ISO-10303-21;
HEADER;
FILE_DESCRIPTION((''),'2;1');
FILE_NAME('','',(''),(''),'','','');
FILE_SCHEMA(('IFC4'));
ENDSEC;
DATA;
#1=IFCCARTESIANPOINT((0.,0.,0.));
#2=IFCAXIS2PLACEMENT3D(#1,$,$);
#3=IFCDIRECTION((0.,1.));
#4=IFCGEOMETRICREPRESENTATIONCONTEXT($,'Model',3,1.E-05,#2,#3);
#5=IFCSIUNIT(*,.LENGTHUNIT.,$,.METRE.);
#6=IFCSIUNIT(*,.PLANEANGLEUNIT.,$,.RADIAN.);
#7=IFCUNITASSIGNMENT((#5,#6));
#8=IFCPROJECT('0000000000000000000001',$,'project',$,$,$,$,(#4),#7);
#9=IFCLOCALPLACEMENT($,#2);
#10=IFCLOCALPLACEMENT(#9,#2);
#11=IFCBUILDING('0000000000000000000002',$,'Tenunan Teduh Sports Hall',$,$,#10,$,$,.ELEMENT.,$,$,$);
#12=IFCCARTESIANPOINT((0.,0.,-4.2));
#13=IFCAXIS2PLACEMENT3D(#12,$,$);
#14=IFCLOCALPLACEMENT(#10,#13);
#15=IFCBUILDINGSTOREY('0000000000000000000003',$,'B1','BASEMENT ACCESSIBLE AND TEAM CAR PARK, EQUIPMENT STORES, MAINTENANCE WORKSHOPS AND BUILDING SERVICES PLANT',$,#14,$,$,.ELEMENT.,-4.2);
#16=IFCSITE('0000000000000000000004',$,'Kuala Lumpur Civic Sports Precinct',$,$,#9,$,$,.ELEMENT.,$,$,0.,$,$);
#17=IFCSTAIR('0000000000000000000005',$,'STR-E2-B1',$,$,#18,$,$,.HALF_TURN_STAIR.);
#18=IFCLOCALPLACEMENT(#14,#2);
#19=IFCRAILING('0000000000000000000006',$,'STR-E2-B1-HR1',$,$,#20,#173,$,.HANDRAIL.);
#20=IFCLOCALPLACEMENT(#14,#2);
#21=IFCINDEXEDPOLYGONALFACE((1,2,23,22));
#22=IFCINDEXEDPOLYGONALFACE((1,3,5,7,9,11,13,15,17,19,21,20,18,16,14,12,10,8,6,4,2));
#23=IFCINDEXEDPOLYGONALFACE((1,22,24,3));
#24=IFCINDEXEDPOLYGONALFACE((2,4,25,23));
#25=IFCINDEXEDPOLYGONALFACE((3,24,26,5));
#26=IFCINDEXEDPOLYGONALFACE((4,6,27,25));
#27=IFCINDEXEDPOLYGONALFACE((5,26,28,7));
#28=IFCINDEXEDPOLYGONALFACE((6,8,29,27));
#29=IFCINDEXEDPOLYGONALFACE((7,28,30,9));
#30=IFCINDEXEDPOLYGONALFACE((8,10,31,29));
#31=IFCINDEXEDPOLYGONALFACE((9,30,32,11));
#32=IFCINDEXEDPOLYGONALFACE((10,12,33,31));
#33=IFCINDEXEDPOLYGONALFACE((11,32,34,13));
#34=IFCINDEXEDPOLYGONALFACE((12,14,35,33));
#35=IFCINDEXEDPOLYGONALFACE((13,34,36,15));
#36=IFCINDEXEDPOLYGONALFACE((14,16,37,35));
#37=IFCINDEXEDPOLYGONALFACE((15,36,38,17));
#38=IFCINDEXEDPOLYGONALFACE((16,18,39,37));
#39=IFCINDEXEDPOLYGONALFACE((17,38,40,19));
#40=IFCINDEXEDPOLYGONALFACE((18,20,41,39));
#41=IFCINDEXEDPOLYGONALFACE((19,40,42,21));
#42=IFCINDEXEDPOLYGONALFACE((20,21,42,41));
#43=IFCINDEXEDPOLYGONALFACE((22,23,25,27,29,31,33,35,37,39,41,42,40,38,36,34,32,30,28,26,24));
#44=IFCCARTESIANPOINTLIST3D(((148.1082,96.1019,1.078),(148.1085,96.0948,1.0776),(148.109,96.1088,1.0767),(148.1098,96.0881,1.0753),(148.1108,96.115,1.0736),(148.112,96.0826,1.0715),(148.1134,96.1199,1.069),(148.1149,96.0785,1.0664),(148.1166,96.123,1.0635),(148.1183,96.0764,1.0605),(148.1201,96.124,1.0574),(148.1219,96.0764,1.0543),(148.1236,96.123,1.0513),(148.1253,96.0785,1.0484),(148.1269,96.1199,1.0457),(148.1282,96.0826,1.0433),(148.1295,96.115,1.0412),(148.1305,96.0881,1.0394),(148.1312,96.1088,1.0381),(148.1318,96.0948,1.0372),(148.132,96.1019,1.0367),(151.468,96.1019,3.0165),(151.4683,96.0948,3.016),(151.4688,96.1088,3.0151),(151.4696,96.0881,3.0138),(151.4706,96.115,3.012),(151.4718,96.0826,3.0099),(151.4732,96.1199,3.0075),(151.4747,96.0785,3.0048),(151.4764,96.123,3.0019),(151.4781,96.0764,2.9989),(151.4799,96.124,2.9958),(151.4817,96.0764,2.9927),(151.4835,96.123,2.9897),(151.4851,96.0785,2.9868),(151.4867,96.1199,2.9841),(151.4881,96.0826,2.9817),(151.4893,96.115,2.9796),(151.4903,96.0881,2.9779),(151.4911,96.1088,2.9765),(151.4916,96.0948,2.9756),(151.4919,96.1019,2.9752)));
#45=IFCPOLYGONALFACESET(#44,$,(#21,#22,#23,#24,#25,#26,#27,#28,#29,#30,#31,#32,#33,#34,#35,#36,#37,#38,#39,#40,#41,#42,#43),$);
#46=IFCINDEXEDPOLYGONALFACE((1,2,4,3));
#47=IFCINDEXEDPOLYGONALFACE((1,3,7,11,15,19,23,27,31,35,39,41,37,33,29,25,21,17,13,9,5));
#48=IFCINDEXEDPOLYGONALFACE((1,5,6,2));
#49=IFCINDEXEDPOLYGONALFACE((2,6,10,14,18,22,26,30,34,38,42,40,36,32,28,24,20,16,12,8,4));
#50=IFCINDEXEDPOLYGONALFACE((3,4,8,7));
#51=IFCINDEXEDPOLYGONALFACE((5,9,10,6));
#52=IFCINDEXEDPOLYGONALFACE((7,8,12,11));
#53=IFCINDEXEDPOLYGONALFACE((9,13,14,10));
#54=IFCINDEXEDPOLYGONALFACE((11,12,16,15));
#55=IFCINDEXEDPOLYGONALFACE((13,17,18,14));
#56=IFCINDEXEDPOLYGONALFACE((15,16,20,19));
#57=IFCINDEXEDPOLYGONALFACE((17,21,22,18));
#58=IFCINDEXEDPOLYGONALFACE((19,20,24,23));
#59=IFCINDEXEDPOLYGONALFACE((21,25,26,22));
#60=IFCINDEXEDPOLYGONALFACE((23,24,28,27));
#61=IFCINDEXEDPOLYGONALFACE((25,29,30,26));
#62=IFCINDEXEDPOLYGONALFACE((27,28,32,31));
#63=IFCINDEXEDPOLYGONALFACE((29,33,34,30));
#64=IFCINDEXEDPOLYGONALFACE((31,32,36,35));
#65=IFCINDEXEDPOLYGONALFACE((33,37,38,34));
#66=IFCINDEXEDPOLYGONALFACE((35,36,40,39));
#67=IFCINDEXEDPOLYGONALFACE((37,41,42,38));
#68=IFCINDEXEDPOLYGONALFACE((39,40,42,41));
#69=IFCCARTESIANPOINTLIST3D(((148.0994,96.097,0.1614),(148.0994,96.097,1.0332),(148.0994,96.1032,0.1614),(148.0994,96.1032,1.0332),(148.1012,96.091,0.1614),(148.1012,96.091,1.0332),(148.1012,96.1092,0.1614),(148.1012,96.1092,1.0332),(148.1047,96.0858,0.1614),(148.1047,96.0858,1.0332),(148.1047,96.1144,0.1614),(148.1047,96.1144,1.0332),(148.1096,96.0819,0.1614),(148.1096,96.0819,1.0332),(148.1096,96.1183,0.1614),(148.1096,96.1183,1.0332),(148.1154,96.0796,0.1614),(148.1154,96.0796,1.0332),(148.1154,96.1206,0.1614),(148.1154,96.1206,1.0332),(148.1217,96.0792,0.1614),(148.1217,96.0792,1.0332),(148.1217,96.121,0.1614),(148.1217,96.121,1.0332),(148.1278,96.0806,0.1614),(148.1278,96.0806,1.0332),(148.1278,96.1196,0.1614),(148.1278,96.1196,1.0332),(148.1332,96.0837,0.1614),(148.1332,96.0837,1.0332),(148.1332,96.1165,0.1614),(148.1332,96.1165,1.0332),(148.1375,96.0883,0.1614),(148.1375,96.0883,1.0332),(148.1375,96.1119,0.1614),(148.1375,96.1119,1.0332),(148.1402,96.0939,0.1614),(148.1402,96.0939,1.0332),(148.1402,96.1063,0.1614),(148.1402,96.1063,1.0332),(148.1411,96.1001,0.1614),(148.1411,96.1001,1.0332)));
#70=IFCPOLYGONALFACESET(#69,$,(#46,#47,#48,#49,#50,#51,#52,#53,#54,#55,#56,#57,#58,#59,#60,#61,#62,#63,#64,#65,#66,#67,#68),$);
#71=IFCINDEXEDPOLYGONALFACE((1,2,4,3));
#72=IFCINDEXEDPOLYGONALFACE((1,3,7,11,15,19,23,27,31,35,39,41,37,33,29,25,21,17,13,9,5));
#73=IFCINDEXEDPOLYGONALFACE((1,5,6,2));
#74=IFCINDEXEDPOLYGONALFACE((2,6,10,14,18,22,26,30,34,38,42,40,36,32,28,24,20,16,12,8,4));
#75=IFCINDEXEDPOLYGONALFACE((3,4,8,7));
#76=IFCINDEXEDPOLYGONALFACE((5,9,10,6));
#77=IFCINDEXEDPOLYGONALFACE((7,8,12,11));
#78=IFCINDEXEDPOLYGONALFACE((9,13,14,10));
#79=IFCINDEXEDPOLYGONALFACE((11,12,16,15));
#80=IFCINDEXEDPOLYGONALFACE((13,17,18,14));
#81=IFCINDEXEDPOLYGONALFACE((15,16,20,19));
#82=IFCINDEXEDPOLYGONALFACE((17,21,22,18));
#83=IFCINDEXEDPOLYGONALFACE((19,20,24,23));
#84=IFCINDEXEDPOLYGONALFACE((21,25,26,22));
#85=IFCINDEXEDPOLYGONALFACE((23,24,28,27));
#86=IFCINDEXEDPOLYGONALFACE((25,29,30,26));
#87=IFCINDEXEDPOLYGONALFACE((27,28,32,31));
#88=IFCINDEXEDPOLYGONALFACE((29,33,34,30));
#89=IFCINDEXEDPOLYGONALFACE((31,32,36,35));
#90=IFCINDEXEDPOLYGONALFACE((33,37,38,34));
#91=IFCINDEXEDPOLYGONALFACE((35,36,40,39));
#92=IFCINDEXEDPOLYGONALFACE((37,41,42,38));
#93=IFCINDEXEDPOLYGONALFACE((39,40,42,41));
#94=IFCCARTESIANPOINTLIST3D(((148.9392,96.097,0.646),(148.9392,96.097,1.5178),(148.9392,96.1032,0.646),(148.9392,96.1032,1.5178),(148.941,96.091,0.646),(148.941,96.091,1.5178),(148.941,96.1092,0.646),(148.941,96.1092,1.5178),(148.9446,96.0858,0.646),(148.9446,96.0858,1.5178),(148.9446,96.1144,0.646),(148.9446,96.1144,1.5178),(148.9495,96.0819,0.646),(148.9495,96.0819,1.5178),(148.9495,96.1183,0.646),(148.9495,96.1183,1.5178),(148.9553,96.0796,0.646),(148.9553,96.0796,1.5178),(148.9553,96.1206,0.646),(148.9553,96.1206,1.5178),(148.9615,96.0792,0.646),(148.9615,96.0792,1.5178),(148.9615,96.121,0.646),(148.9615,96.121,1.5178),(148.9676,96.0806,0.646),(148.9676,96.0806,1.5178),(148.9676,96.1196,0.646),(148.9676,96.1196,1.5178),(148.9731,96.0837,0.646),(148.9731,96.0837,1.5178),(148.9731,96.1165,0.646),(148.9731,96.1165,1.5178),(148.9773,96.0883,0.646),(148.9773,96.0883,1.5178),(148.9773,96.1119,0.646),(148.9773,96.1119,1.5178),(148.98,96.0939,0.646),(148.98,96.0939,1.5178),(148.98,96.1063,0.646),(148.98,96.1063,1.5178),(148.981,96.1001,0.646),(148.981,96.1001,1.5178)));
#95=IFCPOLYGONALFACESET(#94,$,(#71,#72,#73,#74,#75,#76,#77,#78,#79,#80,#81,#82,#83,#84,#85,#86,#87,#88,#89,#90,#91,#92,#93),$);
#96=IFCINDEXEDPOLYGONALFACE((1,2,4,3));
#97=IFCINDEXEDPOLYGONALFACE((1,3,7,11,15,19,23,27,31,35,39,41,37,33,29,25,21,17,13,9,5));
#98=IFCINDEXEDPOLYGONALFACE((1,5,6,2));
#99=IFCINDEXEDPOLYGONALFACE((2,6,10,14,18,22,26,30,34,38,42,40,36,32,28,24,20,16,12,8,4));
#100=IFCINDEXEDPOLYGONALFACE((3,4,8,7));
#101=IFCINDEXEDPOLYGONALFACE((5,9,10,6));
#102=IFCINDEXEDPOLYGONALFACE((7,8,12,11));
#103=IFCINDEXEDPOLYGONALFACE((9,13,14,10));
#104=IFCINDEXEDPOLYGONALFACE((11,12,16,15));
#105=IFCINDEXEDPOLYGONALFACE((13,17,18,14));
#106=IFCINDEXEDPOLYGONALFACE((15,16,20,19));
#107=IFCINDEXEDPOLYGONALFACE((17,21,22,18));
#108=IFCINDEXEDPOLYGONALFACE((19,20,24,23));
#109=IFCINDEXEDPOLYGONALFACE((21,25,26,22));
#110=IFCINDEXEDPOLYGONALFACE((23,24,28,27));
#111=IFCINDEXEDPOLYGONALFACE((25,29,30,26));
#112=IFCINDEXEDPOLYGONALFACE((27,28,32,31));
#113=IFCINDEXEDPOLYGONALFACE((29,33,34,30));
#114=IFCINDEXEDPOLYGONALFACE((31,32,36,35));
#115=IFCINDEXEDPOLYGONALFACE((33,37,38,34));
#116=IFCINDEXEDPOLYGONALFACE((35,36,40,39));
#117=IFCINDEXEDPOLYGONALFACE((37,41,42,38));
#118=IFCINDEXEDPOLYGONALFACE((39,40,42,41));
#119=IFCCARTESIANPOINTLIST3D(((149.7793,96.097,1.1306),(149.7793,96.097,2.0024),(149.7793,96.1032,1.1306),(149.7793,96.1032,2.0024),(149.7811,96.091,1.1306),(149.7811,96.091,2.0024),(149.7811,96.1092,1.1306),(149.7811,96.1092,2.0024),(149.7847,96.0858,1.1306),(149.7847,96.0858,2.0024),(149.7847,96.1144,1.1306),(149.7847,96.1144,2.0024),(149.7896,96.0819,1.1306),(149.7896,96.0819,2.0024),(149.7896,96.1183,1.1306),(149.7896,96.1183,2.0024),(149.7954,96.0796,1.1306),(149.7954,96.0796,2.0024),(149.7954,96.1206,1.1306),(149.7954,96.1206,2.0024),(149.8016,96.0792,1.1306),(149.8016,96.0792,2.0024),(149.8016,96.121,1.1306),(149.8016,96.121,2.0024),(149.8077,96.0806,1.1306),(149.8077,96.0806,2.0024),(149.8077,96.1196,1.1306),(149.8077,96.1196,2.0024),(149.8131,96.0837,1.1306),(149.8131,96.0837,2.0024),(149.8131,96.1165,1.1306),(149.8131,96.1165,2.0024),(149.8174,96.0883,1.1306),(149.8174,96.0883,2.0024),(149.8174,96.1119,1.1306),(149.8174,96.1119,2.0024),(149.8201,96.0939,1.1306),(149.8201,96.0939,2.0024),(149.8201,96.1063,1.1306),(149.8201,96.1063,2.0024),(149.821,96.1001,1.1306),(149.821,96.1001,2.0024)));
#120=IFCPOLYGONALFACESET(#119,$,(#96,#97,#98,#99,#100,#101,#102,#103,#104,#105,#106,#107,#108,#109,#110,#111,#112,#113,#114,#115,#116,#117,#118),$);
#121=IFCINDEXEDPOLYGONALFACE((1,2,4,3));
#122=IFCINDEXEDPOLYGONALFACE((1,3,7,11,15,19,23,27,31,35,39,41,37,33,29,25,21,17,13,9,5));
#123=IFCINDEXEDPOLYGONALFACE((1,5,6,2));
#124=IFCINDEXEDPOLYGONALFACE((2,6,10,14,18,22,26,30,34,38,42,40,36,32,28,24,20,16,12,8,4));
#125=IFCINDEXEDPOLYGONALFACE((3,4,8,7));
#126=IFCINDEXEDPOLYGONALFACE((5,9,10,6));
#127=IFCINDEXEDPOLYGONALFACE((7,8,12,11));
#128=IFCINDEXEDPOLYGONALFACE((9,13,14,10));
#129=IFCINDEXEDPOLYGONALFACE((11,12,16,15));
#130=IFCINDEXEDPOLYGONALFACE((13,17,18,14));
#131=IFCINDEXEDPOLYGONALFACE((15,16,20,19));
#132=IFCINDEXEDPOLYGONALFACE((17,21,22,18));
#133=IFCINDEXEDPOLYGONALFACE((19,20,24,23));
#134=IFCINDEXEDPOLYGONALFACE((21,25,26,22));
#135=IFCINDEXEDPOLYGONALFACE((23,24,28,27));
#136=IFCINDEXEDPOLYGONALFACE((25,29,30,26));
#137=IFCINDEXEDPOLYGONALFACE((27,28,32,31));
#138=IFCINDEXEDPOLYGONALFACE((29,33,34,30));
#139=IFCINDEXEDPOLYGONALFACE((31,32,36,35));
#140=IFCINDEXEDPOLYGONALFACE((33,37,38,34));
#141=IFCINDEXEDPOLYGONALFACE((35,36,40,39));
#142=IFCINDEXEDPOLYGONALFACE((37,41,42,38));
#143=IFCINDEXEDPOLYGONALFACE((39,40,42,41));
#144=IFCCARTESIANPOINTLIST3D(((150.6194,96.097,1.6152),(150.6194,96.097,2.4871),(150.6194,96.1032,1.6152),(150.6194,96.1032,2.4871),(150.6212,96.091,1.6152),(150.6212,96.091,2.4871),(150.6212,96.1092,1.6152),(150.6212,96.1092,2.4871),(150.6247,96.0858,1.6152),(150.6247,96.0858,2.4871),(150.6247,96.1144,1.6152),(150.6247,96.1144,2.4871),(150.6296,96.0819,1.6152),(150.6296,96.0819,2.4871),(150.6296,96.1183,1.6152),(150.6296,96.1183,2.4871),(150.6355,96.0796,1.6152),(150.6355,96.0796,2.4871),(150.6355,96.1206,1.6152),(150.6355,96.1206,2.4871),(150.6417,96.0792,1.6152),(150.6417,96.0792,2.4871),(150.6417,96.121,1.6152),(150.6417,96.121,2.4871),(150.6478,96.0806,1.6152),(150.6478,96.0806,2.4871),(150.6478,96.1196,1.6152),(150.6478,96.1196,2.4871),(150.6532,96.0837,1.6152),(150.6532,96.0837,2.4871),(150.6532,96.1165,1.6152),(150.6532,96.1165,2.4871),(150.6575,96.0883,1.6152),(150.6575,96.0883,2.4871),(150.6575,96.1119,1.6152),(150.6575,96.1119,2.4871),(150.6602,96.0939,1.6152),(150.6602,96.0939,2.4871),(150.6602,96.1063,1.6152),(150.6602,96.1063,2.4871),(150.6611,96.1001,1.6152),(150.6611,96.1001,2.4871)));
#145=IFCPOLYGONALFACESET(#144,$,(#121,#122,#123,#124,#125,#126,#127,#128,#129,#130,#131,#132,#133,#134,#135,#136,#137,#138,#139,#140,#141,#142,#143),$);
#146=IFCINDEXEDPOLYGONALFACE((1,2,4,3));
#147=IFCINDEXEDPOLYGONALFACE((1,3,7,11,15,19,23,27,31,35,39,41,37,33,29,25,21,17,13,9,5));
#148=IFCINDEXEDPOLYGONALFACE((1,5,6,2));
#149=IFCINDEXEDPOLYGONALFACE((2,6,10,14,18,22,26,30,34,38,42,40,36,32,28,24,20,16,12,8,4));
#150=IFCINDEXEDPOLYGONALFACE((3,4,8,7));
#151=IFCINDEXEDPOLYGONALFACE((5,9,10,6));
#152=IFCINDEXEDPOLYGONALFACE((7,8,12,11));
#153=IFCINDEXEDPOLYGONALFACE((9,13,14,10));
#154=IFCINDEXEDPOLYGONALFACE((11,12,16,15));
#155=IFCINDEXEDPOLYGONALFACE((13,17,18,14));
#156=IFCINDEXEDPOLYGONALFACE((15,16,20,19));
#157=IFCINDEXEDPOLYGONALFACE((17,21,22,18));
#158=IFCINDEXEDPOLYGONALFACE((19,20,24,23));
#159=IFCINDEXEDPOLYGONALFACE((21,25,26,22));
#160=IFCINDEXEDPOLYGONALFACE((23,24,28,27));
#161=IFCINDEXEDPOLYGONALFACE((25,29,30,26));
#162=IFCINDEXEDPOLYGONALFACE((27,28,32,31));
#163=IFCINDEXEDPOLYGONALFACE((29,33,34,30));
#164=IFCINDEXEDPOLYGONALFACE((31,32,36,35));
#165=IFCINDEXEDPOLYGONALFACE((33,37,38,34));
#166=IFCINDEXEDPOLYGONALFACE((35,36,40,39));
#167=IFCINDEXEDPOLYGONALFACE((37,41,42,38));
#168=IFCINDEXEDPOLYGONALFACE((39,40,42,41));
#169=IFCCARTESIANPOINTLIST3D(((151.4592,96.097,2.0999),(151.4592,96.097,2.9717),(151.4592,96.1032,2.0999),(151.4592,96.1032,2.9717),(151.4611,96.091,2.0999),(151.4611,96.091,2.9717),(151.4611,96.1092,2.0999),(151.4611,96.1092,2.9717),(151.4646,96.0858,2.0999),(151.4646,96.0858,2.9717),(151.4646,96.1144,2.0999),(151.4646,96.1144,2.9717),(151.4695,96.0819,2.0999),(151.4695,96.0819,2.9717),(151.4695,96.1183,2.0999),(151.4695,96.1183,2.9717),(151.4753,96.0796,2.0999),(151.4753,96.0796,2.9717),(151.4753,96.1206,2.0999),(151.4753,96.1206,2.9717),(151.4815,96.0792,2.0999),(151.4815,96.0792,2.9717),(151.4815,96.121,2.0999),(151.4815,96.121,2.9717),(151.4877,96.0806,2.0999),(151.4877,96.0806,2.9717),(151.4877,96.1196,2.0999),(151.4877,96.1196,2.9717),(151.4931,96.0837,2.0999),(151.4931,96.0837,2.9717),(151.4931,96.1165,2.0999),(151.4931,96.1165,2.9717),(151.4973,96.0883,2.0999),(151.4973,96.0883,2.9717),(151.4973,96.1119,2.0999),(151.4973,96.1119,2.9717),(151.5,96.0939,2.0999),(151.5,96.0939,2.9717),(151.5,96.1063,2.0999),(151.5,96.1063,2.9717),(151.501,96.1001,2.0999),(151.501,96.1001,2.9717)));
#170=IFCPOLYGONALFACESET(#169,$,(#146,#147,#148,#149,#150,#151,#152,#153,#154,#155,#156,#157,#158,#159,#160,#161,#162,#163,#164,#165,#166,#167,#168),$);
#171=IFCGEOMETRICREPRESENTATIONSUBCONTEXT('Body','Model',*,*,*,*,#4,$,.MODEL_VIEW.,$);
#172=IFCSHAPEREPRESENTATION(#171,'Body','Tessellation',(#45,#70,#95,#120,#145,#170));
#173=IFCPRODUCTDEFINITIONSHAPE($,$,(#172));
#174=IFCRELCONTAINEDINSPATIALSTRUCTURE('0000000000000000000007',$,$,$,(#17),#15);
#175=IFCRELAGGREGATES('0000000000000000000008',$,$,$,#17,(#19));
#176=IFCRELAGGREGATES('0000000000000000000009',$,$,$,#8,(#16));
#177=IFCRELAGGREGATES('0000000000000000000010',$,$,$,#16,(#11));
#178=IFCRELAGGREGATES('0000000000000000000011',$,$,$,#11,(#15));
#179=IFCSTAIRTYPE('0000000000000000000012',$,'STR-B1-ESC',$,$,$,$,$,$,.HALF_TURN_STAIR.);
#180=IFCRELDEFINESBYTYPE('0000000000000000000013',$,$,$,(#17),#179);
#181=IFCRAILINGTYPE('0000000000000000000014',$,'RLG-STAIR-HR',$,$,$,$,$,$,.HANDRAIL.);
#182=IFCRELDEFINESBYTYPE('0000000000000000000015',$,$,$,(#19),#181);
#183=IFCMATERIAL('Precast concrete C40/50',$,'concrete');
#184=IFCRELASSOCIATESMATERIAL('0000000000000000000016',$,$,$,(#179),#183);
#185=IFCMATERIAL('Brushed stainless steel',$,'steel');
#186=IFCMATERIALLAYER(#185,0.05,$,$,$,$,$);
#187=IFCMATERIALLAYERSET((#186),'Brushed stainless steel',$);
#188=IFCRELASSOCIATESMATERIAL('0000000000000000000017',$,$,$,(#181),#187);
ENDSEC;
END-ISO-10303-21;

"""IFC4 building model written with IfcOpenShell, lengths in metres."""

from ifc_helpers import new_model, si_unit, direction, frame, origin, origin_2d, place, context, subcontext, project, spatial, circle, extrude, material, layer, layer_set, type_object, element, aggregate, save


model = new_model("IFC4")

# Units and contexts
model_context = context("Model", 3, precision=1e-05, world=origin(), true_north=direction((0.0, 1.0)))
body_context = subcontext(model_context, "Body", "Model", "MODEL_VIEW")
ifc_project = project(units=[si_unit("LENGTHUNIT", "METRE"), si_unit("PLANEANGLEUNIT", "RADIAN")], contexts=[model_context])

# Site, building, storey
site_placement = place(None, origin())
site = spatial("IfcSite", under=ifc_project, at=site_placement, Name="Kuala Lumpur Civic Sports Precinct", CompositionType="ELEMENT", RefElevation=0.0)
building_placement = place(site_placement, origin())
building = spatial("IfcBuilding", under=site, at=building_placement, Name="Tenunan Teduh Sports Hall", CompositionType="ELEMENT")
storey_placement = place(building_placement, frame((0.0, 0.0, -4.2)))
storey = spatial("IfcBuildingStorey", under=building, at=storey_placement, Name="B1", Description="BASEMENT ACCESSIBLE AND TEAM CAR PARK, EQUIPMENT STORES, MAINTENANCE WORKSHOPS AND BUILDING SERVICES PLANT", CompositionType="ELEMENT", Elevation=-4.2)

# Stair
ifc_material_1 = material(Name="Precast concrete C40/50", Category="concrete")
stair_type = type_object("IfcStairType", Name="STR-B1-ESC", PredefinedType="HALF_TURN_STAIR", material=ifc_material_1)
stair_placement = place(storey_placement, origin())
stair = element("IfcStair", 1, at=stair_placement, inside=storey, type_object=stair_type, Name="STR-E2-B1", PredefinedType="HALF_TURN_STAIR")

# Railing
ifc_material_2 = material(Name="Brushed stainless steel", Category="steel")
ifc_layer_1 = layer(ifc_material_2, 0.05)
ifc_layer_set_1 = layer_set([ifc_layer_1], Name="Brushed stainless steel")
railing_type_1 = type_object("IfcRailingType", Name="RLG-STAIR-HR", PredefinedType="HANDRAIL", material=ifc_layer_set_1)
railing_1_placement = place(storey_placement, frame((148.1201, 96.1001, 0.1614)))
railing_1 = element("IfcRailing", 2, at=railing_1_placement, type_object=railing_type_1, Name="STR-E2-B1-HR1", PredefinedType="HANDRAIL", context=body_context, shape_type="SweptSolid", body=[
    extrude(circle(Radius=0.0239, at=origin_2d()), frame((0.0, 0.0, 0.896), z_axis=(0.866175, 0.0, 0.499741), x_axis=(0.0, 1.0, 0.0)), (0.0, 0.0, 1.0), 3.8789),
    extrude(circle(Radius=0.021, at=origin_2d()), origin(), (0.0, 0.0, 1.0), 0.8718),
    extrude(circle(Radius=0.021, at=origin_2d()), frame((0.8398, 0.0, 0.4846)), (0.0, 0.0, 1.0), 0.8718),
    extrude(circle(Radius=0.021, at=origin_2d()), frame((1.6799, 0.0, 0.9692)), (0.0, 0.0, 1.0), 0.8718),
    extrude(circle(Radius=0.021, at=origin_2d()), frame((2.52, 0.0, 1.4539)), (0.0, 0.0, 1.0), 0.8718),
    extrude(circle(Radius=0.021, at=origin_2d()), frame((3.3599, 0.0, 1.9385)), (0.0, 0.0, 1.0), 0.8718),
])
aggregate(stair, [railing_1])

save(model, "model.ifc")
